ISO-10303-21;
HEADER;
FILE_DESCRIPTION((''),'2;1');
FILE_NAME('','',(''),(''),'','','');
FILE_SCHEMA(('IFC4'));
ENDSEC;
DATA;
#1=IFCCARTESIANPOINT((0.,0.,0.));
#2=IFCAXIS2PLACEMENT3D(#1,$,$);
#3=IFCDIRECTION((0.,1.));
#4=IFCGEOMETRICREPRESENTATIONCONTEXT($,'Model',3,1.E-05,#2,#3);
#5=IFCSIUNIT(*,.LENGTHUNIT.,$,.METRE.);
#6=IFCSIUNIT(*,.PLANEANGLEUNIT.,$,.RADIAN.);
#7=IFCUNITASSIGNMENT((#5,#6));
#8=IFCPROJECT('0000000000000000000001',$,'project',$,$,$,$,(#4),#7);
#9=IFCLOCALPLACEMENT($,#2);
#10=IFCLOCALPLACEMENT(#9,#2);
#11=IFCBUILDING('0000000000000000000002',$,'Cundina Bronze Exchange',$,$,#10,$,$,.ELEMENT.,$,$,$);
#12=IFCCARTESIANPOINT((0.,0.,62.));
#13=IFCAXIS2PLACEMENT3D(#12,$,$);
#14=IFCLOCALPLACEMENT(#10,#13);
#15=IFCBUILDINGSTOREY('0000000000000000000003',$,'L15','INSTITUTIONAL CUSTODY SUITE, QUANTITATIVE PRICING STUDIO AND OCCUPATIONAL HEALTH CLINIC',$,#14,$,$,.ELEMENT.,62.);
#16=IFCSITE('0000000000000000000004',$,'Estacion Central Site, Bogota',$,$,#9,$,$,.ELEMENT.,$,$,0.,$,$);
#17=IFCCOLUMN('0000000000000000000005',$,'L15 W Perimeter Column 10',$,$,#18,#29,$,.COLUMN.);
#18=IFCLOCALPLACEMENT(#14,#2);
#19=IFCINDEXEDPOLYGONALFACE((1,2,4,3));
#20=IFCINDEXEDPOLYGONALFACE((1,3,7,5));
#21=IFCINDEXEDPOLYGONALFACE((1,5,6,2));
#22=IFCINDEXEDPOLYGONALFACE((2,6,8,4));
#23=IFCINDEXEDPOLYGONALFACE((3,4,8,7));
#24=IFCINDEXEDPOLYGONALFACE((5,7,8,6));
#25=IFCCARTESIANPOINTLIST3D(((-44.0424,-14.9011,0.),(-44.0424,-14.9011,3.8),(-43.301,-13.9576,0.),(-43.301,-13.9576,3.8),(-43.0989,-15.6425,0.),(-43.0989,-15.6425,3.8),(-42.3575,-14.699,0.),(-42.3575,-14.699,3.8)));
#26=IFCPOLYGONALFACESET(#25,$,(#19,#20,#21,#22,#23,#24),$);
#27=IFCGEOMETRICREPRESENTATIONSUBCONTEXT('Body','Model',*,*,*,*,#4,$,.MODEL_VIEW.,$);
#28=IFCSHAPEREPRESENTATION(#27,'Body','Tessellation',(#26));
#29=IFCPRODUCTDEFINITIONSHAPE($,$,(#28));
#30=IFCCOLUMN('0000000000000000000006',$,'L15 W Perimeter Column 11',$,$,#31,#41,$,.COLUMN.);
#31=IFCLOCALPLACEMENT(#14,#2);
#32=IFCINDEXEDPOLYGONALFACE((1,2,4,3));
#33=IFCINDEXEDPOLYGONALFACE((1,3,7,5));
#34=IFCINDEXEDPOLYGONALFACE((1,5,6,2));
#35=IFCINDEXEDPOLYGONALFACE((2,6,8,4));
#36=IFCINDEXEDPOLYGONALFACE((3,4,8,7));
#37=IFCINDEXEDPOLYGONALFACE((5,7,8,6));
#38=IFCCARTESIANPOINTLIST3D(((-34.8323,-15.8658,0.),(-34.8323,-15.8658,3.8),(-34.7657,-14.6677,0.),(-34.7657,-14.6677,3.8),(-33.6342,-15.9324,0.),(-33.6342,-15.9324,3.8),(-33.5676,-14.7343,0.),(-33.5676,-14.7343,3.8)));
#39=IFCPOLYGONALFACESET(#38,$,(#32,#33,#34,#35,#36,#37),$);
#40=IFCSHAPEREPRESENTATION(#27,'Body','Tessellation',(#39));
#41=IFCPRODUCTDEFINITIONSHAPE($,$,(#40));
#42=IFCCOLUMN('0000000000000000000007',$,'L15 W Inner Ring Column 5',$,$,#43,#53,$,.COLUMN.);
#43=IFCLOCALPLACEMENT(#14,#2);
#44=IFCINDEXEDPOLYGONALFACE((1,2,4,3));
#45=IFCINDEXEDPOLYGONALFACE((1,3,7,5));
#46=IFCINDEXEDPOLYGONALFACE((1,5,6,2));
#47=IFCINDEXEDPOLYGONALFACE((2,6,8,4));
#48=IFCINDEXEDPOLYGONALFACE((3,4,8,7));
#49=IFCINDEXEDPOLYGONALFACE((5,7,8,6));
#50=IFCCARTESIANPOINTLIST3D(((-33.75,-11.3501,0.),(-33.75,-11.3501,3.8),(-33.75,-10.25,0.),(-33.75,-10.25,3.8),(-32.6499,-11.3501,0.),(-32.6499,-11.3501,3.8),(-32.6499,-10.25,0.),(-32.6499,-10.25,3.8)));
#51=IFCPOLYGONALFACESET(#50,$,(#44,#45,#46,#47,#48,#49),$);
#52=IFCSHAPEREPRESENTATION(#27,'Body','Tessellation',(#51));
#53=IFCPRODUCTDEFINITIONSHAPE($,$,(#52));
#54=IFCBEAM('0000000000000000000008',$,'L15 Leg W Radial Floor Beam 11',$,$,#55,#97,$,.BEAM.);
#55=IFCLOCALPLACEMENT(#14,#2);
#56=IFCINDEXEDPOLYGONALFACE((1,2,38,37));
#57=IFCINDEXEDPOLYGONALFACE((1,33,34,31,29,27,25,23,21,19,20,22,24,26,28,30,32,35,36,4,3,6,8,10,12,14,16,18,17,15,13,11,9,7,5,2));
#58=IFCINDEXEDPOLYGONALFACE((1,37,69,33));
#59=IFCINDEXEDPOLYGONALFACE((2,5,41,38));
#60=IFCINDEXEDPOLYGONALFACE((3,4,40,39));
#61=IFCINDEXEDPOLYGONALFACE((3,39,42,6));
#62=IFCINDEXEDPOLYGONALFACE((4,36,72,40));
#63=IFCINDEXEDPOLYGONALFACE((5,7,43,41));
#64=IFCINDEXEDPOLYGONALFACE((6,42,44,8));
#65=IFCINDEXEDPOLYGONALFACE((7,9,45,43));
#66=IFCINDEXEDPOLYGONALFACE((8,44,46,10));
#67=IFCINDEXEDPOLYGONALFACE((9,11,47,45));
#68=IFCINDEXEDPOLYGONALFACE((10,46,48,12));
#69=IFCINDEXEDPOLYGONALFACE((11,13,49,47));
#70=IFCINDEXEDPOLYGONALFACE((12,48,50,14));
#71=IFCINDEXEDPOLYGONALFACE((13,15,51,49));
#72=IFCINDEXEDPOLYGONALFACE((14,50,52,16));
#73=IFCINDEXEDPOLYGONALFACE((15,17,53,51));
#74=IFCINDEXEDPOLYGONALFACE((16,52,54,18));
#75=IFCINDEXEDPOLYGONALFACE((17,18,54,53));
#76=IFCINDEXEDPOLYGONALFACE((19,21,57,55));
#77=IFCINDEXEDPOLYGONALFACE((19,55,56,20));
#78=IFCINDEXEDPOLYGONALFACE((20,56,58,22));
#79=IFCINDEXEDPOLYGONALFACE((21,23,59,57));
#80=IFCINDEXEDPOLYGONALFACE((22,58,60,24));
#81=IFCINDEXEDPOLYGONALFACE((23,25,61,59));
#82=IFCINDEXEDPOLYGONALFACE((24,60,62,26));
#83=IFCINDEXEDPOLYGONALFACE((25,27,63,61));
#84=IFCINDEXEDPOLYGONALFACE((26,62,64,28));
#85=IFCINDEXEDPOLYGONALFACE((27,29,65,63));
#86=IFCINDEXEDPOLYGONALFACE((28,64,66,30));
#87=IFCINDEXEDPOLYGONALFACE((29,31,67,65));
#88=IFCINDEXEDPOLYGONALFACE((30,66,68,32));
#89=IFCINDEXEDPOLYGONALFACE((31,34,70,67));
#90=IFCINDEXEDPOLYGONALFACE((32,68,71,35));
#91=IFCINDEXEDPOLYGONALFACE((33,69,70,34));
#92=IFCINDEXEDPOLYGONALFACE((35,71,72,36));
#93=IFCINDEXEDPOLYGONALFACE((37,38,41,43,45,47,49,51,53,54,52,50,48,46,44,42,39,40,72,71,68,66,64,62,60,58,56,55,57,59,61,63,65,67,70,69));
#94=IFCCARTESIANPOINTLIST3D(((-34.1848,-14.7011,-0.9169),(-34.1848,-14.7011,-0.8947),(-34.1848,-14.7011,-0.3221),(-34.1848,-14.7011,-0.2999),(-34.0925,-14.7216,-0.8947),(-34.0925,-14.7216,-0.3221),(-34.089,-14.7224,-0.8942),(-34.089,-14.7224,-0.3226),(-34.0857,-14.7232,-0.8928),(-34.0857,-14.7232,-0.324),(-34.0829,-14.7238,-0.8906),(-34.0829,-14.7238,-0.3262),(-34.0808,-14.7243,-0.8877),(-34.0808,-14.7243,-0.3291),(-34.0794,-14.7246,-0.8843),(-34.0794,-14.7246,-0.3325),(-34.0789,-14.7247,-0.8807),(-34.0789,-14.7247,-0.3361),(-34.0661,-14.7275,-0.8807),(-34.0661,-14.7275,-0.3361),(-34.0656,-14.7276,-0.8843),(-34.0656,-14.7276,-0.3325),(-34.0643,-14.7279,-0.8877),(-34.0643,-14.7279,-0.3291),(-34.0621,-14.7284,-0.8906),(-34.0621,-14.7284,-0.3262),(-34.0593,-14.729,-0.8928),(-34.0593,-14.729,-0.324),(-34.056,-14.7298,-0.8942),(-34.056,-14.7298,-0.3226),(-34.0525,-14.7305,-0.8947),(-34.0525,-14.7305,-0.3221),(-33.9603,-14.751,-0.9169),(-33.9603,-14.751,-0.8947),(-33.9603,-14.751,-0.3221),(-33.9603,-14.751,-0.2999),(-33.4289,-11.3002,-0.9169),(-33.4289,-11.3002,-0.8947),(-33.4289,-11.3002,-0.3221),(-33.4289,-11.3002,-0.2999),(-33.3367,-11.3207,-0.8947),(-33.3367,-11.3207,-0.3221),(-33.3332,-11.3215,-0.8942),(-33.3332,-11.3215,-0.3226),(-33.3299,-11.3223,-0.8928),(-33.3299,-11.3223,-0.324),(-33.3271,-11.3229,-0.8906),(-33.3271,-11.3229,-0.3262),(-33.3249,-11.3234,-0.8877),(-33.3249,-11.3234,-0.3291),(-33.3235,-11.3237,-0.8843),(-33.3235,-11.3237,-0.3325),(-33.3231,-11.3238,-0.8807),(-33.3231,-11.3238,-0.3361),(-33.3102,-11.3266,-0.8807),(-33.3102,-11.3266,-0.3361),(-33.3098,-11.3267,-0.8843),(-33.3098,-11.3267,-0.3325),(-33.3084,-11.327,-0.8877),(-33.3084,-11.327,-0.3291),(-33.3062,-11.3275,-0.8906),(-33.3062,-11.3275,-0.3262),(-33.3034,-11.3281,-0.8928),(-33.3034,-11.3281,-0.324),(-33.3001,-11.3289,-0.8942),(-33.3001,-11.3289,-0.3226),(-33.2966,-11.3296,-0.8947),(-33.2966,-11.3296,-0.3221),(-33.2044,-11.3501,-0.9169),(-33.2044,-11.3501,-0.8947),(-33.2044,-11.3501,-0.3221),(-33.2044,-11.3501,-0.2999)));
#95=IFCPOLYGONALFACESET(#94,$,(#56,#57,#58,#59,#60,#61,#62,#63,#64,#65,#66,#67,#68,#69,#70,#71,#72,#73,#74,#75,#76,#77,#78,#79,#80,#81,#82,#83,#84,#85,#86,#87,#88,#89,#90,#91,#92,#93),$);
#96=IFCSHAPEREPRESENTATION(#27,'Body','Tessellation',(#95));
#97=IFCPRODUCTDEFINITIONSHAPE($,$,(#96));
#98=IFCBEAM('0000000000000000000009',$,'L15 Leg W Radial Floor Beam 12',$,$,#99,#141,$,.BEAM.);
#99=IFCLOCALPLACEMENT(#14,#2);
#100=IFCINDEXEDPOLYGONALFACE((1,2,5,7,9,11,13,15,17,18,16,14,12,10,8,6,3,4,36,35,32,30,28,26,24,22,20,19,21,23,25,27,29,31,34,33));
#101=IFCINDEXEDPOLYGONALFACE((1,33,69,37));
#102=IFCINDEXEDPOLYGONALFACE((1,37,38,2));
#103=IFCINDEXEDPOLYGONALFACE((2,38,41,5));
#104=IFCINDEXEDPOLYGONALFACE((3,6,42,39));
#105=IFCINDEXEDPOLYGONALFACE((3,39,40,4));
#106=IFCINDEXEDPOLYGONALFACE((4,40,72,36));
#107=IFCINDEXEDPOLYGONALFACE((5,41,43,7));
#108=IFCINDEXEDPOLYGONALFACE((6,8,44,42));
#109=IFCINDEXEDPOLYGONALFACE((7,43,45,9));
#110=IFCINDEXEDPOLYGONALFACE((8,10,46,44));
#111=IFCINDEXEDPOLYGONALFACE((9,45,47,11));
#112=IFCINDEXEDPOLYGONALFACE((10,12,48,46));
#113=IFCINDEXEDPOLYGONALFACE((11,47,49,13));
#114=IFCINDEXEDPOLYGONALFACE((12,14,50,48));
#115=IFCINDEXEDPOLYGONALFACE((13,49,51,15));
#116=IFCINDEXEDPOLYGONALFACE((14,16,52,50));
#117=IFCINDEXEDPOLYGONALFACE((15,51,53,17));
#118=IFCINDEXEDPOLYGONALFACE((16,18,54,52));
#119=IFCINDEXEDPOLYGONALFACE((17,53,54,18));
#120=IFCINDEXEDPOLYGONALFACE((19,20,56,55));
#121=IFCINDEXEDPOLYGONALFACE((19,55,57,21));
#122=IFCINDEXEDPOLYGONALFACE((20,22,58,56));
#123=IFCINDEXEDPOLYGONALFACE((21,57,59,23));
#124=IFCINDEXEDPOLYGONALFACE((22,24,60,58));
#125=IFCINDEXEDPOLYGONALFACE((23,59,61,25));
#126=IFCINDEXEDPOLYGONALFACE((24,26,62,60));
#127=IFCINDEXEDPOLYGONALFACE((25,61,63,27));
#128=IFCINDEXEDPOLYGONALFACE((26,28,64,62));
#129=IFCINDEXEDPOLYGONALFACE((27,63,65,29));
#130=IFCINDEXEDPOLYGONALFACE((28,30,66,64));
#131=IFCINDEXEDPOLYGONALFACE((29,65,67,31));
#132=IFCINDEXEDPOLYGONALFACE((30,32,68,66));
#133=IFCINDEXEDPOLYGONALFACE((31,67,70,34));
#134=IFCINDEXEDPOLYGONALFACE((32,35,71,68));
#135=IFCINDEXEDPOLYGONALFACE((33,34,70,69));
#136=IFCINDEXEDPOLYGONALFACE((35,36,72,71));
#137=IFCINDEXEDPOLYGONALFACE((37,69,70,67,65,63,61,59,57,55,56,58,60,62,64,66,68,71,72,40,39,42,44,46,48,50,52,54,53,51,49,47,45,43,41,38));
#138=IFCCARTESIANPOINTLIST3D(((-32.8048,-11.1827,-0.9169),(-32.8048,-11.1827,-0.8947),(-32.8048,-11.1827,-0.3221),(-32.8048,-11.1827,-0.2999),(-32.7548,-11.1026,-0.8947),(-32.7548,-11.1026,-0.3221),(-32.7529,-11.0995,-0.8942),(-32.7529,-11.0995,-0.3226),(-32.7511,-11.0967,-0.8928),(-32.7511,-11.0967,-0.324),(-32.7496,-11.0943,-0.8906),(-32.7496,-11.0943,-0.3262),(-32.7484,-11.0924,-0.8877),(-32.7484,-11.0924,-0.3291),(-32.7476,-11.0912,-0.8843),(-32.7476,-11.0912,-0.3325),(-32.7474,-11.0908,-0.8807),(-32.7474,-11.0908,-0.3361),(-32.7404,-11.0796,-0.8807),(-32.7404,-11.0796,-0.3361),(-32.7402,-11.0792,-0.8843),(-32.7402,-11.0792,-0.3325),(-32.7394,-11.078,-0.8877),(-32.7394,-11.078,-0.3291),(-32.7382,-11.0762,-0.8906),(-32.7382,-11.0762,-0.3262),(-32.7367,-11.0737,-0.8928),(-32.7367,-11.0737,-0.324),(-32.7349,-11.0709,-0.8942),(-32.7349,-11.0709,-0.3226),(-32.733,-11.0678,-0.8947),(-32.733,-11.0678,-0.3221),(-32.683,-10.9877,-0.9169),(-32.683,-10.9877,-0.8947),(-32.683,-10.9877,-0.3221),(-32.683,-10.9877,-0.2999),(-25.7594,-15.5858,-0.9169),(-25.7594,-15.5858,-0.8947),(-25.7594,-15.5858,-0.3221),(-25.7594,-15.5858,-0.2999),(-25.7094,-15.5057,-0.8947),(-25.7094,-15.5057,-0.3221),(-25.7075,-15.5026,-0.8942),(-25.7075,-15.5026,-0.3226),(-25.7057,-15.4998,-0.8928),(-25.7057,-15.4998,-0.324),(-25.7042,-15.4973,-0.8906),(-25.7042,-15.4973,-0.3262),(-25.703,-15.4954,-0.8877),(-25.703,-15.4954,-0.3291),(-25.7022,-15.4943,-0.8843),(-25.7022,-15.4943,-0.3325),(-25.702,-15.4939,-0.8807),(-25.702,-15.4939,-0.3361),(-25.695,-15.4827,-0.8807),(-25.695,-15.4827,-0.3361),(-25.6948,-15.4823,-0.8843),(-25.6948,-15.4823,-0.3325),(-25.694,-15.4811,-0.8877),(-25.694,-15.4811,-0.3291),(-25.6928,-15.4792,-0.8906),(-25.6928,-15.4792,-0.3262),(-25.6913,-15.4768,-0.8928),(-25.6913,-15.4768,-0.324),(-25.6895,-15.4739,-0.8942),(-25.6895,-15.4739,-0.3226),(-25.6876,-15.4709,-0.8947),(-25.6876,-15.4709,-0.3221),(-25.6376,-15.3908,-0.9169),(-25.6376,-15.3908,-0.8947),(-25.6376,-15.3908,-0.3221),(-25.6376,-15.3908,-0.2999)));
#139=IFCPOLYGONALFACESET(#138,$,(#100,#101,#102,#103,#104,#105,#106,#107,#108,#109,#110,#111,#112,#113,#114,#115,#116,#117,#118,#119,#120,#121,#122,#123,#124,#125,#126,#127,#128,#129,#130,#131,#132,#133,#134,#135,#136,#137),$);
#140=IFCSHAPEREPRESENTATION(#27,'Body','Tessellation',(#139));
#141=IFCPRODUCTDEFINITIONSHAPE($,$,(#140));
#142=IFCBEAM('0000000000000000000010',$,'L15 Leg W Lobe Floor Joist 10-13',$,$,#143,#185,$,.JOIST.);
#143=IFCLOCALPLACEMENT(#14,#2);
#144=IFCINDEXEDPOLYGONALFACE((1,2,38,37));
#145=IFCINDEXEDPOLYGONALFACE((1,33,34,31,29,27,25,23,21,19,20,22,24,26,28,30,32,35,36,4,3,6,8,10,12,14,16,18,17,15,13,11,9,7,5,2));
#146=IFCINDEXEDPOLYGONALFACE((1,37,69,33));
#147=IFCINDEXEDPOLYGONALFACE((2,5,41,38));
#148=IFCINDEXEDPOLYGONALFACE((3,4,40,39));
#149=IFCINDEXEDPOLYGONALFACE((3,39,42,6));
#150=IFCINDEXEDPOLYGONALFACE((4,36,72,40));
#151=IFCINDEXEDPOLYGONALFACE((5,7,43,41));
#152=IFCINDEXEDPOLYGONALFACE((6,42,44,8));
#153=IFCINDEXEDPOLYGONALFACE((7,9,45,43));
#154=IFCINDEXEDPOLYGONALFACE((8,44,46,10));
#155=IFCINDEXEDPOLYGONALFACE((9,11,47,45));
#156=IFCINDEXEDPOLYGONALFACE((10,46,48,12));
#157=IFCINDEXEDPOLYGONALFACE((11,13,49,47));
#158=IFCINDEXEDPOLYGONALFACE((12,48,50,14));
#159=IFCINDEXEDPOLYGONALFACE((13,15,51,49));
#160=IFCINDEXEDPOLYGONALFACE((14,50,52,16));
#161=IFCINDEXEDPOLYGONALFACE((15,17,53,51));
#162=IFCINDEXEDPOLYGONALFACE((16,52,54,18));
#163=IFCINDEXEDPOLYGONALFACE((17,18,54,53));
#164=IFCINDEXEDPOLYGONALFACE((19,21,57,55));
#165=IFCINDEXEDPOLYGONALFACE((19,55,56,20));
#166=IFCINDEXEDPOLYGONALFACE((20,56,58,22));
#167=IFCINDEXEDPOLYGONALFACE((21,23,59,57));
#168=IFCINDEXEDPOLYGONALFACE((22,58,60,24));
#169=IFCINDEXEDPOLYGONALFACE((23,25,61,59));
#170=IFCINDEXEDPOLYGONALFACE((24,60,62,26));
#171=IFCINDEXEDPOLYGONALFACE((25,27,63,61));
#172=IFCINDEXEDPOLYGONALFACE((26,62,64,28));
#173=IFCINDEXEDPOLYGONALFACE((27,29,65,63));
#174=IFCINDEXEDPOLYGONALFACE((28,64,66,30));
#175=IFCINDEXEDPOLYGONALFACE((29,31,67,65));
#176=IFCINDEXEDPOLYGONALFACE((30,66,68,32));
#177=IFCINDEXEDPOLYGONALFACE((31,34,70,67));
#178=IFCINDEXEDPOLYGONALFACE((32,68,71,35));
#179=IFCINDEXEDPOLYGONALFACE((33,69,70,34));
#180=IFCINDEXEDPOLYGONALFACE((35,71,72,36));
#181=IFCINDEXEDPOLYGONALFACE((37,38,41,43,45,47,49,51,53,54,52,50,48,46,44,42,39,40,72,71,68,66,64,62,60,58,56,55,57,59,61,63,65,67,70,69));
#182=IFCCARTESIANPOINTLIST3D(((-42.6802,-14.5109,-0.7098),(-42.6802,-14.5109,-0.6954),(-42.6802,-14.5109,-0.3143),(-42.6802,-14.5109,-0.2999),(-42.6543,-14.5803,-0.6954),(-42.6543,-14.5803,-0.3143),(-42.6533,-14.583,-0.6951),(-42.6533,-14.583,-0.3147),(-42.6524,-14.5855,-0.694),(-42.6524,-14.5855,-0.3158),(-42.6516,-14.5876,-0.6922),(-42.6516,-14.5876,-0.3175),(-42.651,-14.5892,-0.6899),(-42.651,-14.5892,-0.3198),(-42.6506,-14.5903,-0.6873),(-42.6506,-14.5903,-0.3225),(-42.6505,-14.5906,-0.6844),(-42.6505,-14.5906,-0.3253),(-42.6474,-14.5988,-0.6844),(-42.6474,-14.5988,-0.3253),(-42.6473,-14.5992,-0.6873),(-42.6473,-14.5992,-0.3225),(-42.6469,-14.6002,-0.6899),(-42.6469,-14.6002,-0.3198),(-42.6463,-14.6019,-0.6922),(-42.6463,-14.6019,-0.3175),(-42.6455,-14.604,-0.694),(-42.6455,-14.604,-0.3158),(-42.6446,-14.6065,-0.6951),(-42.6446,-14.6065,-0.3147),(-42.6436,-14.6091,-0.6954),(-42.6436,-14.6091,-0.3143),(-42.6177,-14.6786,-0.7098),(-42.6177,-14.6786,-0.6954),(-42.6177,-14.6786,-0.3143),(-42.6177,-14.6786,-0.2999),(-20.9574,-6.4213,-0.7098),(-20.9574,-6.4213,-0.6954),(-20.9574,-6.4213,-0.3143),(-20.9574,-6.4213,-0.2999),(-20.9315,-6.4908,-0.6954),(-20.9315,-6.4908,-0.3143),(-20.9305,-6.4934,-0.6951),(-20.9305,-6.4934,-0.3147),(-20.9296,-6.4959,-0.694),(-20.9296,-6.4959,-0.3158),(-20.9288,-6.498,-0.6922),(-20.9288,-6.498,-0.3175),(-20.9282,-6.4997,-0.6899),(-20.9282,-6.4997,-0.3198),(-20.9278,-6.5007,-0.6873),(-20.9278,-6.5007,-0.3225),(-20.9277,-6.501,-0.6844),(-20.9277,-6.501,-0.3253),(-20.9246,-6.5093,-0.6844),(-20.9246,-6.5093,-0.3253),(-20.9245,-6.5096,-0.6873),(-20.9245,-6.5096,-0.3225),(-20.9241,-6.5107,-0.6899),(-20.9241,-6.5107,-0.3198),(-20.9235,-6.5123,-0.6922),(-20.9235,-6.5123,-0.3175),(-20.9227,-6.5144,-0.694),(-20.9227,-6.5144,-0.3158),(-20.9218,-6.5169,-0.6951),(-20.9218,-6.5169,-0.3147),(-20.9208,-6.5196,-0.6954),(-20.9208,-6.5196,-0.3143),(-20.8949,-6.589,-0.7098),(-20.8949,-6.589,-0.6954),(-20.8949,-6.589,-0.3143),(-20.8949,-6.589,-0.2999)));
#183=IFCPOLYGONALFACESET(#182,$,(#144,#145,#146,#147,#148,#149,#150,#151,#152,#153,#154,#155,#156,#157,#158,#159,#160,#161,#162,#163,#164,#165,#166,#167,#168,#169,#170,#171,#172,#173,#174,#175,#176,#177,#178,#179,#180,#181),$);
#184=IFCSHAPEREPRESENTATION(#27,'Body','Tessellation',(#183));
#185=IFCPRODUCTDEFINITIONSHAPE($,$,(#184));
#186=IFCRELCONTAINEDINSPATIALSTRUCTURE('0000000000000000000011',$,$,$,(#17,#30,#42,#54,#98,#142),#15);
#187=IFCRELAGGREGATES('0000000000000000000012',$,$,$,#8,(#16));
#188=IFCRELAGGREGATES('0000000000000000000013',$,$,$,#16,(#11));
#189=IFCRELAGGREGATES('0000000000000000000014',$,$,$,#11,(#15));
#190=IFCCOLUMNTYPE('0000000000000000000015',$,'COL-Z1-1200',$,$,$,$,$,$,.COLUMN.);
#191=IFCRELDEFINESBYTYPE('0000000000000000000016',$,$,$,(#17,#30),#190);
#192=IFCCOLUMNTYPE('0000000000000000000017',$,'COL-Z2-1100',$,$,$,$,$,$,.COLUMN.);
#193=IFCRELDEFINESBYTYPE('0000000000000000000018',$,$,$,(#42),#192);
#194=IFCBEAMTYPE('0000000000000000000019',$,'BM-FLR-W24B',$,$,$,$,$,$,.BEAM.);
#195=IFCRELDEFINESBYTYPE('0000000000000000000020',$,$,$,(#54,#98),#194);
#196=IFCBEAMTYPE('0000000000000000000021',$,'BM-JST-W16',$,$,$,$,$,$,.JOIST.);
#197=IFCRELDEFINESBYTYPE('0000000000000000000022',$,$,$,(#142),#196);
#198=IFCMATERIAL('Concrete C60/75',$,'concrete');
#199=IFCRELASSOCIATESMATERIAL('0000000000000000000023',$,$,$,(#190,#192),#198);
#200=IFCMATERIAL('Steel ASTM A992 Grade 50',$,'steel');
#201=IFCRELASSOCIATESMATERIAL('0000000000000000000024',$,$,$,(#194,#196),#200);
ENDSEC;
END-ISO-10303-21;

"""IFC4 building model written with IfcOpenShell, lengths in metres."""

from ifc_helpers import new_model, si_unit, direction, frame, origin, origin_2d, place, context, subcontext, project, spatial, rectangle, i_section, extrude, material, material_profile, profile_set, type_object, element, save


model = new_model("IFC4")

# Units and contexts
model_context = context("Model", 3, precision=1e-05, world=origin(), true_north=direction((0.0, 1.0)))
body_context = subcontext(model_context, "Body", "Model", "MODEL_VIEW")
ifc_project = project(units=[si_unit("LENGTHUNIT", "METRE"), si_unit("PLANEANGLEUNIT", "RADIAN")], contexts=[model_context])

# Site, building, storey
site_placement = place(None, origin())
site = spatial("IfcSite", under=ifc_project, at=site_placement, Name="Estacion Central Site, Bogota", CompositionType="ELEMENT", RefElevation=0.0)
building_placement = place(site_placement, origin())
building = spatial("IfcBuilding", under=site, at=building_placement, Name="Cundina Bronze Exchange", CompositionType="ELEMENT")
storey_placement = place(building_placement, frame((0.0, 0.0, 62.0)))
storey = spatial("IfcBuildingStorey", under=building, at=storey_placement, Name="L15", Description="INSTITUTIONAL CUSTODY SUITE, QUANTITATIVE PRICING STUDIO AND OCCUPATIONAL HEALTH CLINIC", CompositionType="ELEMENT", Elevation=62.0)

# Columns
ifc_material_1 = material(Name="Concrete C60/75", Category="concrete")
ifc_material_profile_1 = material_profile(ifc_material_1, rectangle(XDim=1.2, YDim=1.2, at=origin_2d()), Name="RC1200X1200", Category="concrete")
ifc_profile_set_1 = profile_set([ifc_material_profile_1], Name="Concrete C60/75")
column_type_1 = type_object("IfcColumnType", Name="COL-Z1-1200", PredefinedType="COLUMN", material=ifc_profile_set_1)
for number, where, z_axis, x_axis, name in (
    (1, (-43.2, -14.8, 0.0), (0.0, 0.0, 1.0), (0.786288, -0.61786, 0.0), "L15 W Perimeter Column 10"),
    (2, (-34.2, -15.3, 0.0), (0.0, 0.0, 1.0), (0.99846, -0.055473, 0.0), "L15 W Perimeter Column 11"),
):
    element("IfcColumn", number, at=place(storey_placement, frame(where, z_axis=z_axis, x_axis=x_axis)), inside=storey, type_object=column_type_1, Name=name, PredefinedType="COLUMN", context=body_context, shape_type="SweptSolid", body=[
        extrude(rectangle(XDim=1.2, YDim=1.2, at=origin_2d()), origin(), (0.0, 0.0, 1.0), 3.8),
    ])
ifc_material_profile_2 = material_profile(ifc_material_1, rectangle(XDim=1.1001, YDim=1.1001, at=origin_2d()), Name="RC1100X1100", Category="concrete")
ifc_profile_set_2 = profile_set([ifc_material_profile_2], Name="Concrete C60/75")
column_type_2 = type_object("IfcColumnType", Name="COL-Z2-1100", PredefinedType="COLUMN", material=ifc_profile_set_2)
column_placement = place(storey_placement, frame((-33.2, -10.8, 0.0), z_axis=(0.0, 0.0, 1.0), x_axis=(1.0, 0.0, 0.0)))
element("IfcColumn", 3, at=column_placement, inside=storey, type_object=column_type_2, Name="L15 W Inner Ring Column 5", PredefinedType="COLUMN", context=body_context, shape_type="SweptSolid", body=[
    extrude(rectangle(XDim=1.1001, YDim=1.1001, at=origin_2d()), origin(), (0.0, 0.0, 1.0), 3.8),
])

# Beams
ifc_material_2 = material(Name="Steel ASTM A992 Grade 50", Category="steel")
ifc_material_profile_3 = material_profile(ifc_material_2, i_section(OverallWidth=0.23, OverallDepth=0.6169, WebThickness=0.0132, FlangeThickness=0.0222, FilletRadius=0.0139, at=origin_2d()), Name="W24X94", Category="steel")
ifc_profile_set_3 = profile_set([ifc_material_profile_3], Name="Steel ASTM A992 Grade 50")
beam_type_1 = type_object("IfcBeamType", Name="BM-FLR-W24B", PredefinedType="BEAM", material=ifc_profile_set_3)
beam_1_placement = place(storey_placement, frame((-33.3167, -11.3252, -0.6084), z_axis=(-0.21696, -0.97618, 0.0), x_axis=(0.97618, -0.21696, 0.0)))
element("IfcBeam", 4, at=beam_1_placement, inside=storey, type_object=beam_type_1, Name="L15 Leg W Radial Floor Beam 11", PredefinedType="BEAM", context=body_context, shape_type="SweptSolid", body=[
    extrude(i_section(OverallWidth=0.23, OverallDepth=0.6169, WebThickness=0.0132, FlangeThickness=0.0222, FilletRadius=0.0139, at=origin_2d()), origin(), (0.0, 0.0, 1.0), 3.4839),
])
beam_2_placement = place(storey_placement, frame((-32.7439, -11.0852, -0.6084), z_axis=(0.848015, -0.529973, 0.0), x_axis=(0.529973, 0.848015, 0.0)))
element("IfcBeam", 5, at=beam_2_placement, inside=storey, type_object=beam_type_1, Name="L15 Leg W Radial Floor Beam 12", PredefinedType="BEAM", context=body_context, shape_type="SweptSolid", body=[
    extrude(i_section(OverallWidth=0.23, OverallDepth=0.6169, WebThickness=0.0132, FlangeThickness=0.0222, FilletRadius=0.0139, at=origin_2d()), origin(), (0.0, 0.0, 1.0), 8.3081),
])
ifc_material_profile_4 = material_profile(ifc_material_2, i_section(OverallWidth=0.179, OverallDepth=0.4099, WebThickness=0.0088, FlangeThickness=0.0144, FilletRadius=0.011, at=origin_2d()), Name="W16X45", Category="steel")
ifc_profile_set_4 = profile_set([ifc_material_profile_4], Name="Steel ASTM A992 Grade 50")
beam_type_2 = type_object("IfcBeamType", Name="BM-JST-W16", PredefinedType="JOIST", material=ifc_profile_set_4)
beam_3_placement = place(storey_placement, frame((-42.6489, -14.5947, -0.5049), z_axis=(0.937128, 0.348986, 0.0), x_axis=(-0.348986, 0.937128, 0.0)))
element("IfcBeam", 6, at=beam_3_placement, inside=storey, type_object=beam_type_2, Name="L15 Leg W Lobe Floor Joist 10-13", PredefinedType="JOIST", context=body_context, shape_type="SweptSolid", body=[
    extrude(i_section(OverallWidth=0.179, OverallDepth=0.4099, WebThickness=0.0088, FlangeThickness=0.0144, FilletRadius=0.011, at=origin_2d()), origin(), (0.0, 0.0, 1.0), 23.1802),
])

save(model, "model.ifc")
